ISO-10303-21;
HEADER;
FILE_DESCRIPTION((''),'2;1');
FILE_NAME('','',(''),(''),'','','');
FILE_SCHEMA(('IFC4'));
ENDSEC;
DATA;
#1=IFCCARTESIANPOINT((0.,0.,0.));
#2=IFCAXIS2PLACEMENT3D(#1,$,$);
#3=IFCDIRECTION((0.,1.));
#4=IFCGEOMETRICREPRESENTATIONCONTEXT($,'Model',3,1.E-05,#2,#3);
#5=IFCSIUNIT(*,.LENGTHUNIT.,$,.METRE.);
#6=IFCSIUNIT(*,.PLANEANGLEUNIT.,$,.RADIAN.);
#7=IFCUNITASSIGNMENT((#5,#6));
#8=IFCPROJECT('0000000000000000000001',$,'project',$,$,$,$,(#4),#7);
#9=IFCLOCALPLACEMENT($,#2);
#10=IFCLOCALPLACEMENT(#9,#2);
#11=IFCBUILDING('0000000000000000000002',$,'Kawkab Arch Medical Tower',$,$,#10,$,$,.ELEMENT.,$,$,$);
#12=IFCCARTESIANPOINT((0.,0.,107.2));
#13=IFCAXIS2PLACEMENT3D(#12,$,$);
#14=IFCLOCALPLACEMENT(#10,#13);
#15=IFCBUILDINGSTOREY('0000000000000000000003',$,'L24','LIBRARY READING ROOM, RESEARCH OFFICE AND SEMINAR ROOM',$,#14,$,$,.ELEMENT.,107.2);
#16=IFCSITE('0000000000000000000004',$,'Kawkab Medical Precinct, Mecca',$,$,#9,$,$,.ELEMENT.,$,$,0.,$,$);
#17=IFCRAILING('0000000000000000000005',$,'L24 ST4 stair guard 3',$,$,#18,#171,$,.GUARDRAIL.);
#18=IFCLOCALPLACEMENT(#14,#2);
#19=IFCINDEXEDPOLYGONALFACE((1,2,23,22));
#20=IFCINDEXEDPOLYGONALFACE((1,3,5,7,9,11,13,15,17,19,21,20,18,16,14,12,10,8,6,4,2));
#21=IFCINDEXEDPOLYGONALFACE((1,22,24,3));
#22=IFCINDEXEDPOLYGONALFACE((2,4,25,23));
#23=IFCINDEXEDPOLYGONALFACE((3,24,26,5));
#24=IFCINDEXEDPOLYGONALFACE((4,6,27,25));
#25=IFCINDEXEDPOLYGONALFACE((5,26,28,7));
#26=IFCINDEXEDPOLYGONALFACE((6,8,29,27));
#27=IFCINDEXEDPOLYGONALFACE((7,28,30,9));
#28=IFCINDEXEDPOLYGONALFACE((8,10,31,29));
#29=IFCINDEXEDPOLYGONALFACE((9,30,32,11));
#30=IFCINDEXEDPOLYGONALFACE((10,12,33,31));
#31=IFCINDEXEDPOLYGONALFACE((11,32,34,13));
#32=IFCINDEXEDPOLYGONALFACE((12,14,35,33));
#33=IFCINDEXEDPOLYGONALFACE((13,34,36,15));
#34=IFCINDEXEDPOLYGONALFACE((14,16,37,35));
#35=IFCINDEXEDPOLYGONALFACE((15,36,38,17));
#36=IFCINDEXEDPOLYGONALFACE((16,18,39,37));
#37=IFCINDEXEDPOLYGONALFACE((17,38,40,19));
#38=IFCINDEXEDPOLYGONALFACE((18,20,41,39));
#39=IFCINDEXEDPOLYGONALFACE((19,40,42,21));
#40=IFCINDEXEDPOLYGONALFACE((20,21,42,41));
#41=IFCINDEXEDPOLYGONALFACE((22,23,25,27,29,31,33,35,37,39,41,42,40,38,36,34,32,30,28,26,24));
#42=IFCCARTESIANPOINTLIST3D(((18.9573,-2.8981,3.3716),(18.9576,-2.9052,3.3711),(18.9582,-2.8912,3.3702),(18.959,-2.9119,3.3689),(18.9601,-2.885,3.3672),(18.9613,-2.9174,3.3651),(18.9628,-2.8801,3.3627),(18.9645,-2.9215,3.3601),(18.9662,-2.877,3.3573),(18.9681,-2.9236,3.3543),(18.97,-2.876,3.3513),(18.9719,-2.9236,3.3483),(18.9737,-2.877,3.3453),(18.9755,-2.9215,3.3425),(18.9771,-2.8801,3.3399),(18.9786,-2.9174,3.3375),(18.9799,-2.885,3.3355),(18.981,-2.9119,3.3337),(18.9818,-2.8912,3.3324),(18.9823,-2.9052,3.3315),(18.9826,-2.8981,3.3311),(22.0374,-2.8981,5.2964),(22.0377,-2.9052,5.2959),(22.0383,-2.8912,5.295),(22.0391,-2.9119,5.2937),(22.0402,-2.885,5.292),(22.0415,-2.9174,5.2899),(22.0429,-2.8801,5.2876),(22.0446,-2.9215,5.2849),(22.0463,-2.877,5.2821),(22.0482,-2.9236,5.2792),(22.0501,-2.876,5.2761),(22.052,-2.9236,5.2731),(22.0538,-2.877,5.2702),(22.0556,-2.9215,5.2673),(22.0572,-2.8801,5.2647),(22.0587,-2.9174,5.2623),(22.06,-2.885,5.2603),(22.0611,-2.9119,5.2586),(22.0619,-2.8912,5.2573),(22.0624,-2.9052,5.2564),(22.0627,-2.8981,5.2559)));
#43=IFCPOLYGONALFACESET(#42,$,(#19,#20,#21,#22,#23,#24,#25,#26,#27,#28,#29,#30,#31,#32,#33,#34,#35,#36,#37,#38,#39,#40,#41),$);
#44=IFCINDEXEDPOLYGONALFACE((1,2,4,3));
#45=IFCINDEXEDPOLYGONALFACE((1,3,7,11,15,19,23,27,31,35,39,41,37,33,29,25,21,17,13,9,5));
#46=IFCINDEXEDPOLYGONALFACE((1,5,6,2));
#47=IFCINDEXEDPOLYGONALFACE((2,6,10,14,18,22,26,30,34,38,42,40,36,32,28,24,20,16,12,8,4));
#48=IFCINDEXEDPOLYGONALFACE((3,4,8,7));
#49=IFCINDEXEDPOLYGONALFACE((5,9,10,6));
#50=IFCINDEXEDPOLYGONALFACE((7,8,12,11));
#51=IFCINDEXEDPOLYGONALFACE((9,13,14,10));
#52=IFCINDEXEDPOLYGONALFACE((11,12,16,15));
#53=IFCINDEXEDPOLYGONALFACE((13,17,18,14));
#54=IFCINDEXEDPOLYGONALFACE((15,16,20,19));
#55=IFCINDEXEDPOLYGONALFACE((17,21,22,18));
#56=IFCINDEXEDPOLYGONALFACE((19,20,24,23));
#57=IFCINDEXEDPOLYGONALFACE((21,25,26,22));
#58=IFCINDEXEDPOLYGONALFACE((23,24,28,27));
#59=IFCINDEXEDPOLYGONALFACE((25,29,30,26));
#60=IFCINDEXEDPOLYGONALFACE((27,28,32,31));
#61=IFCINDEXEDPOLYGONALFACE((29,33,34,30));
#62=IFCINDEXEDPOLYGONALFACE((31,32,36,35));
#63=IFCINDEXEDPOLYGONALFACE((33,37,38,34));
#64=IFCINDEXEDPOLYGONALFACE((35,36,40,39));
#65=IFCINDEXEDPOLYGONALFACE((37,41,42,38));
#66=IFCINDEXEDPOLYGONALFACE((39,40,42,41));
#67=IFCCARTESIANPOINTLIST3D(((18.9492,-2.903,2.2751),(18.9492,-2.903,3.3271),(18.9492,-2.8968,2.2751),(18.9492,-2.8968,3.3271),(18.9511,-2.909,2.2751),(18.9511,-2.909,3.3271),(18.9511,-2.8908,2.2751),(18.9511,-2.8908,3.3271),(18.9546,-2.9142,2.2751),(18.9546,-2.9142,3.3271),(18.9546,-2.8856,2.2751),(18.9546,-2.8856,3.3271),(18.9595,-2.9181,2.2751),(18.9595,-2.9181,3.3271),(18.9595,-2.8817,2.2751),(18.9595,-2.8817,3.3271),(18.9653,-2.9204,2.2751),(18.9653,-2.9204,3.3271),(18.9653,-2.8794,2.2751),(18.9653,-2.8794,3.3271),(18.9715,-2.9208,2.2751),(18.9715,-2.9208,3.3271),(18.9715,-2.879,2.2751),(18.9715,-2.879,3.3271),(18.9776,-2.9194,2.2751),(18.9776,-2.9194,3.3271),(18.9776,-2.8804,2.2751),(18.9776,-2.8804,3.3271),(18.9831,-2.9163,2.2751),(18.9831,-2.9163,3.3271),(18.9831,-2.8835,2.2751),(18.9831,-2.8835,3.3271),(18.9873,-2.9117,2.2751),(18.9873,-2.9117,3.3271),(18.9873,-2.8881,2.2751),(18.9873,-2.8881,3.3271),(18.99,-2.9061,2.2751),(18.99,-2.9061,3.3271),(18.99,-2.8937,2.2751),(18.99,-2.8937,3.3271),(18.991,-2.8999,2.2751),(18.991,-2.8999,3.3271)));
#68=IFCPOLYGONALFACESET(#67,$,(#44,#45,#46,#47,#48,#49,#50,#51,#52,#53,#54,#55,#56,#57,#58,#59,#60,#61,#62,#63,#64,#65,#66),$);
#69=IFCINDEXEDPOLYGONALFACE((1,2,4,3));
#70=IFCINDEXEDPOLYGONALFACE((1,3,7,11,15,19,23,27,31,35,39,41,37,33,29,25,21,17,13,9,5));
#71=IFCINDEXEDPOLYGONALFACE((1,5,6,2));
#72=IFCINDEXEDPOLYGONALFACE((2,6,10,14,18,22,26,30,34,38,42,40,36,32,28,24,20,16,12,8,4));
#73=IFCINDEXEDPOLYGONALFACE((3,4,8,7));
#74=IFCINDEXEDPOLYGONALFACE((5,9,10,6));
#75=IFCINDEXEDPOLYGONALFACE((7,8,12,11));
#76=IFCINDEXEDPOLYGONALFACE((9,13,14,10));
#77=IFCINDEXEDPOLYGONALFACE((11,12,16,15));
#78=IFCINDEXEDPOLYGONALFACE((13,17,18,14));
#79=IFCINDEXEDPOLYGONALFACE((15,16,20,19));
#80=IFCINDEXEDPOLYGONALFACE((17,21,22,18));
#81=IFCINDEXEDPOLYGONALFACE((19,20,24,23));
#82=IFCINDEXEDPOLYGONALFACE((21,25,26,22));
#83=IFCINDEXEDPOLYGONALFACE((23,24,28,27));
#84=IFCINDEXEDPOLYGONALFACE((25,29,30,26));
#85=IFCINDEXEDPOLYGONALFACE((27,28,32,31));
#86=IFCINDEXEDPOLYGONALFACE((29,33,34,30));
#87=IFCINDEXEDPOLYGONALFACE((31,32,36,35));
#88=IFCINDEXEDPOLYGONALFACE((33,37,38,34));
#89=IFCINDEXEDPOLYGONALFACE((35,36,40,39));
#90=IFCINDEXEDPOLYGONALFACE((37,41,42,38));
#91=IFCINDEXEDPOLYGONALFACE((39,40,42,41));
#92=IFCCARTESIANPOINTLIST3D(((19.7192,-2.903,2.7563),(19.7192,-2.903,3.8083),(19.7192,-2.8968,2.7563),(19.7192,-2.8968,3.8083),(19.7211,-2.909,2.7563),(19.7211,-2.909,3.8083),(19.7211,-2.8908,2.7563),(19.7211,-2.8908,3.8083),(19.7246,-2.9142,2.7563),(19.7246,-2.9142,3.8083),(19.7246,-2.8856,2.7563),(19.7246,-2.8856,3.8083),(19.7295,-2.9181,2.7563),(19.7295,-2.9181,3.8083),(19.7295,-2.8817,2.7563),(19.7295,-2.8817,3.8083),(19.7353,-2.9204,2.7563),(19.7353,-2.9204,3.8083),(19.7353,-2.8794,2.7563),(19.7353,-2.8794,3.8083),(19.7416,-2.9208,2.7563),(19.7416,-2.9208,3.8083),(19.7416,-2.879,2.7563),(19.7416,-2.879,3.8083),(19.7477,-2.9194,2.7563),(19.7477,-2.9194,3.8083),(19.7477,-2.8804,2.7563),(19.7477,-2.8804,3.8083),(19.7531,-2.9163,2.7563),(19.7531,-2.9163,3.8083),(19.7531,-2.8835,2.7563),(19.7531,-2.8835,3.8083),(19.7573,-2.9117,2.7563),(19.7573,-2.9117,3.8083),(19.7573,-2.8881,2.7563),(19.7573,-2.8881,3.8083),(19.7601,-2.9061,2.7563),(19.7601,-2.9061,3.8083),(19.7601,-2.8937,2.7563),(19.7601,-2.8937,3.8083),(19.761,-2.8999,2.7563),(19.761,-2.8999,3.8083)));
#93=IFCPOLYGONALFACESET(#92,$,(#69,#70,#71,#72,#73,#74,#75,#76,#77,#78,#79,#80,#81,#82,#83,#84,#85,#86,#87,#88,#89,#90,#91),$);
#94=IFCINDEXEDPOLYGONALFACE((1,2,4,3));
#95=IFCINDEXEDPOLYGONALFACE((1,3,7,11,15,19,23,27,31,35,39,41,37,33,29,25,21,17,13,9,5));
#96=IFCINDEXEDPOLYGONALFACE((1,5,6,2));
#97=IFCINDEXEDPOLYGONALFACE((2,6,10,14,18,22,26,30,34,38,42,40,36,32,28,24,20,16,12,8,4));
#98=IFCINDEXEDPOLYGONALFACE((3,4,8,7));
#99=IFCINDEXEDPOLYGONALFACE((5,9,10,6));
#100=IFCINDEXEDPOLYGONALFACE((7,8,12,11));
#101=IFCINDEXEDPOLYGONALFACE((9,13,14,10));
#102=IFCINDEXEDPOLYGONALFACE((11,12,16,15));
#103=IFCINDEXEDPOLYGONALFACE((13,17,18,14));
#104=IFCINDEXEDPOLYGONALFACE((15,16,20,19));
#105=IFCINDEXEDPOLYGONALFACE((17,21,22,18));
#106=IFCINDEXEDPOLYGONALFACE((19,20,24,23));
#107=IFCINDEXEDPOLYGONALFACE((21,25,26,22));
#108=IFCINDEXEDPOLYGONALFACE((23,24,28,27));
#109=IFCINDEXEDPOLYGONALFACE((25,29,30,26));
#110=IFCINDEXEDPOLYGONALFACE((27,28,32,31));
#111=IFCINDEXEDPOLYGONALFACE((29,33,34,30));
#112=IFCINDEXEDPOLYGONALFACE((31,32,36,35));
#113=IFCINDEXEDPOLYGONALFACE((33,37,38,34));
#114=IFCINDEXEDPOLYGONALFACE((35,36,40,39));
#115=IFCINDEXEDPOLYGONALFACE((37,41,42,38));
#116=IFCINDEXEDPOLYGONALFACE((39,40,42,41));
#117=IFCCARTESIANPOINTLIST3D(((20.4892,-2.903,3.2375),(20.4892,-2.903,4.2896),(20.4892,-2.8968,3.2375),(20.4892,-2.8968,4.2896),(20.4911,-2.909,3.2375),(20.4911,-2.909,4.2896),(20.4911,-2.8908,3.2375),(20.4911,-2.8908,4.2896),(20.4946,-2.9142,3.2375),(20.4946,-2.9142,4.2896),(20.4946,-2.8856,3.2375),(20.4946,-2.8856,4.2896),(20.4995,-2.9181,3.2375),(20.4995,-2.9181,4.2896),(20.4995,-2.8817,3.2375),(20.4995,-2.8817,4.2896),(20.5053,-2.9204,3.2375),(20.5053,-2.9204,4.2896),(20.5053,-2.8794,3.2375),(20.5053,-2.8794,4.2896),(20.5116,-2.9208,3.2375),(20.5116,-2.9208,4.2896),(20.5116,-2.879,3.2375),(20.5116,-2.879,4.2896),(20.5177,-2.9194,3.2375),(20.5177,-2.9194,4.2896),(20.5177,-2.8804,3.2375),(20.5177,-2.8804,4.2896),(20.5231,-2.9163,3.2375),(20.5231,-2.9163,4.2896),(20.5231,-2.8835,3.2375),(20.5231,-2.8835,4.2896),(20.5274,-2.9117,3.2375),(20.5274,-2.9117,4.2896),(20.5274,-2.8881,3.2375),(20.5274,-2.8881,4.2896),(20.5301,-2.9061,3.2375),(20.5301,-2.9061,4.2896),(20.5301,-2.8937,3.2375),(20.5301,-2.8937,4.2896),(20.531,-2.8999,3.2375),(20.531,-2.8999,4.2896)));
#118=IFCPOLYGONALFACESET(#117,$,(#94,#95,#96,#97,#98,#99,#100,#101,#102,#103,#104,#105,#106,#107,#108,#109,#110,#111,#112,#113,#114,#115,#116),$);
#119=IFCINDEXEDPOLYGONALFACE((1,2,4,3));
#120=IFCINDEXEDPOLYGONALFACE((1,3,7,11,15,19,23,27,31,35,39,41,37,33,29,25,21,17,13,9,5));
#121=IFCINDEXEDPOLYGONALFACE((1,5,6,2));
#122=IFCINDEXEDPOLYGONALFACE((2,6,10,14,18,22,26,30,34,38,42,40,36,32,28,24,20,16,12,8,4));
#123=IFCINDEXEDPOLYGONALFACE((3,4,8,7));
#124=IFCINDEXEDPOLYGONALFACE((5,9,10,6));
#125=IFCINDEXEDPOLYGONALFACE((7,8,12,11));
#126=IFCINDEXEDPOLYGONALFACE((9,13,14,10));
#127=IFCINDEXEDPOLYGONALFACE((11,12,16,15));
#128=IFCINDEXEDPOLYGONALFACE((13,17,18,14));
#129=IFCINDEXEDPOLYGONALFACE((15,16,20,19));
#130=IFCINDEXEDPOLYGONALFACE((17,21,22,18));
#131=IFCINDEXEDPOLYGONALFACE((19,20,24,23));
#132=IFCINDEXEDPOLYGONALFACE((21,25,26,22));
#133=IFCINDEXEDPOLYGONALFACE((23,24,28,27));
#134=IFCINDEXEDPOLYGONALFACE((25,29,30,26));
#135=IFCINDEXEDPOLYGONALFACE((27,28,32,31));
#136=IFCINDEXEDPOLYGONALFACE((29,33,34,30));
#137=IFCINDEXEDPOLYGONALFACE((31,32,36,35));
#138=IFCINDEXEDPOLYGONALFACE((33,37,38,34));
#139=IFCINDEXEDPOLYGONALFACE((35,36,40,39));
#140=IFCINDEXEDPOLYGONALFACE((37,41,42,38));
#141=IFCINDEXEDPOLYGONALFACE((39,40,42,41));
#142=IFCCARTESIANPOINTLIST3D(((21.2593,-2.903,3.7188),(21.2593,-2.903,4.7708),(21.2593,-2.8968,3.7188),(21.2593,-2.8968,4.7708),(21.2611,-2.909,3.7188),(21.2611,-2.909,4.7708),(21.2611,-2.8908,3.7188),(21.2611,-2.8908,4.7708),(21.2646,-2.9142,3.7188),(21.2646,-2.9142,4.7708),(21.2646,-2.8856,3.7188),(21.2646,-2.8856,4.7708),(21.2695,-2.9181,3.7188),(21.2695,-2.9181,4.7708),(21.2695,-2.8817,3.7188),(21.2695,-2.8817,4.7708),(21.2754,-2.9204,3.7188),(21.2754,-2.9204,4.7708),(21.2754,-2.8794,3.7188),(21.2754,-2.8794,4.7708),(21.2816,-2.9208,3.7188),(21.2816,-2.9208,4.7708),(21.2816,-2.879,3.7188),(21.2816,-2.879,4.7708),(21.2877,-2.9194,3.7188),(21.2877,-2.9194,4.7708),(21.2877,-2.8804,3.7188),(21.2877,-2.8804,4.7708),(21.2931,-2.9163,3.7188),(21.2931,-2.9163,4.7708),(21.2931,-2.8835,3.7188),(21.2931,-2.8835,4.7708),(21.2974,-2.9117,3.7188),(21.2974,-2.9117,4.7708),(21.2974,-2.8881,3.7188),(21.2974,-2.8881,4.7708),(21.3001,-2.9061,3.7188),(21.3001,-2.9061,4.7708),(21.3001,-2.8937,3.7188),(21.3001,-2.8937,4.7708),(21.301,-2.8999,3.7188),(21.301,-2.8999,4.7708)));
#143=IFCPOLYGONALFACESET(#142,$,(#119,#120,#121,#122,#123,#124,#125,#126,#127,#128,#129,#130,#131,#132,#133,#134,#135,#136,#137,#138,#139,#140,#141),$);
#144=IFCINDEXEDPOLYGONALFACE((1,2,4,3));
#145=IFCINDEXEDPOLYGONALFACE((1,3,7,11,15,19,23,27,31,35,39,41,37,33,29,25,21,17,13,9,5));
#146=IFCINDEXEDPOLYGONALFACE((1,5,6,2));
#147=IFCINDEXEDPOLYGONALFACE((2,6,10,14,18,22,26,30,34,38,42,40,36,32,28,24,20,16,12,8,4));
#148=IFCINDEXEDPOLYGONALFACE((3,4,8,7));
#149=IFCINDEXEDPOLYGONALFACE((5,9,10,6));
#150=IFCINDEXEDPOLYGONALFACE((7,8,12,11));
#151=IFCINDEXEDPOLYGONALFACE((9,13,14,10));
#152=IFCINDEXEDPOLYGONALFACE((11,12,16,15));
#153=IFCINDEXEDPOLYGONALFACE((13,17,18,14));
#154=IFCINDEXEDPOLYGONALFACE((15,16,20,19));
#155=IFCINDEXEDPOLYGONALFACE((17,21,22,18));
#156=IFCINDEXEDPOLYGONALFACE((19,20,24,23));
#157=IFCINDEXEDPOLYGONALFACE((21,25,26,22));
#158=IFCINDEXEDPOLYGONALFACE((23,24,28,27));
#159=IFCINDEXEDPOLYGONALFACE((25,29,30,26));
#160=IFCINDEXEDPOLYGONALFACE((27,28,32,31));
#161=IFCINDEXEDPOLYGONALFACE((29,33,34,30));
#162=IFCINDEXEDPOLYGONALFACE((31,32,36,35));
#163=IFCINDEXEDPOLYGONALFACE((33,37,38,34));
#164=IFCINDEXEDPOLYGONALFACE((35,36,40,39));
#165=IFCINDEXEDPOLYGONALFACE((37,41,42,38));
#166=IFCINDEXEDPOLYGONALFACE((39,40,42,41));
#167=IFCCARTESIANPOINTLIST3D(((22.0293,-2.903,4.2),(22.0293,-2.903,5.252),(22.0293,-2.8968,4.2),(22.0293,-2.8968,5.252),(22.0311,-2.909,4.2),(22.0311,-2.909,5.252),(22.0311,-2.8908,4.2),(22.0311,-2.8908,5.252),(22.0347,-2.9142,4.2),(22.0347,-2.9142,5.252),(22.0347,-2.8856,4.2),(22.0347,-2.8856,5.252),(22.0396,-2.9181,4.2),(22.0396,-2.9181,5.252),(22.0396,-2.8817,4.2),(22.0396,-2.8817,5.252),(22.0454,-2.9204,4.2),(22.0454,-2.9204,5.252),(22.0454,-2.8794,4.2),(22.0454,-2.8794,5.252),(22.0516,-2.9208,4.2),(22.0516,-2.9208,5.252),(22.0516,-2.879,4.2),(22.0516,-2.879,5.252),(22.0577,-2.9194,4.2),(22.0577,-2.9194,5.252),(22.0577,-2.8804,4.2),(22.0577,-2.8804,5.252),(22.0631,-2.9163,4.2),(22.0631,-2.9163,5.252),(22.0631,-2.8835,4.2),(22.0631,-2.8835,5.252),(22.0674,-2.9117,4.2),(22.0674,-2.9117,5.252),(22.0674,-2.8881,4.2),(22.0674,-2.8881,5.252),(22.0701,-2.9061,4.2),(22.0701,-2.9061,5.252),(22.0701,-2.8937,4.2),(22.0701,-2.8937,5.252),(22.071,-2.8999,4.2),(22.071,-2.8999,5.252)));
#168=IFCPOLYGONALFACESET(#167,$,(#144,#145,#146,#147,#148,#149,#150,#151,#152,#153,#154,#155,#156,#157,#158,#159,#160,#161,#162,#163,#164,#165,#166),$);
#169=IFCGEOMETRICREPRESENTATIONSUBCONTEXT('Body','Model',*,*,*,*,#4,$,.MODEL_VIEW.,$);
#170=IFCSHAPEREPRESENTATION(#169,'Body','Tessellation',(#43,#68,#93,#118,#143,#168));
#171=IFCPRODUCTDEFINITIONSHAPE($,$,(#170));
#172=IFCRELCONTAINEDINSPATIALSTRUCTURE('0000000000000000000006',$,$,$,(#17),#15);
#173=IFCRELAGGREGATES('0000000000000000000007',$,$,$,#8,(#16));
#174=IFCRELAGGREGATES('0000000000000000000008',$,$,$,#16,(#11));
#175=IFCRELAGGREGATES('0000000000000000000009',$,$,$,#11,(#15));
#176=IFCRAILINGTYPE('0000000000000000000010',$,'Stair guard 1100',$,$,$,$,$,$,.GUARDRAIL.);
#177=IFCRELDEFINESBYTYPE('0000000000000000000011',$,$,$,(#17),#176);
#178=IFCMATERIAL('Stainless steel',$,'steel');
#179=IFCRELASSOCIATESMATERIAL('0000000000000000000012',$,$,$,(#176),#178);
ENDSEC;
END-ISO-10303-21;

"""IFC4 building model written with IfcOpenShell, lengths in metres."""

from ifc_helpers import new_model, si_unit, direction, frame, origin, origin_2d, place, context, subcontext, project, spatial, circle, extrude, material, type_object, element, save


model = new_model("IFC4")

# Units and contexts
model_context = context("Model", 3, precision=1e-05, world=origin(), true_north=direction((0.0, 1.0)))
body_context = subcontext(model_context, "Body", "Model", "MODEL_VIEW")
ifc_project = project(units=[si_unit("LENGTHUNIT", "METRE"), si_unit("PLANEANGLEUNIT", "RADIAN")], contexts=[model_context])

# Site, building, storey
site_placement = place(None, origin())
site = spatial("IfcSite", under=ifc_project, at=site_placement, Name="Kawkab Medical Precinct, Mecca", CompositionType="ELEMENT", RefElevation=0.0)
building_placement = place(site_placement, origin())
building = spatial("IfcBuilding", under=site, at=building_placement, Name="Kawkab Arch Medical Tower", CompositionType="ELEMENT")
storey_placement = place(building_placement, frame((0.0, 0.0, 107.2)))
storey = spatial("IfcBuildingStorey", under=building, at=storey_placement, Name="L24", Description="LIBRARY READING ROOM, RESEARCH OFFICE AND SEMINAR ROOM", CompositionType="ELEMENT", Elevation=107.2)

# Railing
ifc_material_1 = material(Name="Stainless steel", Category="steel")
railing_type_1 = type_object("IfcRailingType", Name="Stair guard 1100", PredefinedType="GUARDRAIL", material=ifc_material_1)
railing_1_placement = place(storey_placement, frame((18.97, -2.8999, 2.2751)))
element("IfcRailing", 1, at=railing_1_placement, inside=storey, type_object=railing_type_1, Name="L24 ST4 stair guard 3", PredefinedType="GUARDRAIL", context=body_context, shape_type="SweptSolid", body=[
    extrude(circle(Radius=0.0239, at=origin_2d()), frame((0.0, 0.0, 1.0762), z_axis=(0.848029, 0.0, 0.529951), x_axis=(0.0, 1.0, 0.0)), (0.0, 0.0, 1.0), 3.6321),
    extrude(circle(Radius=0.021, at=origin_2d()), origin(), (0.0, 0.0, 1.0), 1.052),
    extrude(circle(Radius=0.021, at=origin_2d()), frame((0.77, 0.0, 0.4812)), (0.0, 0.0, 1.0), 1.052),
    extrude(circle(Radius=0.021, at=origin_2d()), frame((1.54, 0.0, 0.9624)), (0.0, 0.0, 1.0), 1.052),
    extrude(circle(Radius=0.021, at=origin_2d()), frame((2.3101, 0.0, 1.4436)), (0.0, 0.0, 1.0), 1.052),
    extrude(circle(Radius=0.021, at=origin_2d()), frame((3.0801, 0.0, 1.9248)), (0.0, 0.0, 1.0), 1.052),
])

save(model, "model.ifc")
